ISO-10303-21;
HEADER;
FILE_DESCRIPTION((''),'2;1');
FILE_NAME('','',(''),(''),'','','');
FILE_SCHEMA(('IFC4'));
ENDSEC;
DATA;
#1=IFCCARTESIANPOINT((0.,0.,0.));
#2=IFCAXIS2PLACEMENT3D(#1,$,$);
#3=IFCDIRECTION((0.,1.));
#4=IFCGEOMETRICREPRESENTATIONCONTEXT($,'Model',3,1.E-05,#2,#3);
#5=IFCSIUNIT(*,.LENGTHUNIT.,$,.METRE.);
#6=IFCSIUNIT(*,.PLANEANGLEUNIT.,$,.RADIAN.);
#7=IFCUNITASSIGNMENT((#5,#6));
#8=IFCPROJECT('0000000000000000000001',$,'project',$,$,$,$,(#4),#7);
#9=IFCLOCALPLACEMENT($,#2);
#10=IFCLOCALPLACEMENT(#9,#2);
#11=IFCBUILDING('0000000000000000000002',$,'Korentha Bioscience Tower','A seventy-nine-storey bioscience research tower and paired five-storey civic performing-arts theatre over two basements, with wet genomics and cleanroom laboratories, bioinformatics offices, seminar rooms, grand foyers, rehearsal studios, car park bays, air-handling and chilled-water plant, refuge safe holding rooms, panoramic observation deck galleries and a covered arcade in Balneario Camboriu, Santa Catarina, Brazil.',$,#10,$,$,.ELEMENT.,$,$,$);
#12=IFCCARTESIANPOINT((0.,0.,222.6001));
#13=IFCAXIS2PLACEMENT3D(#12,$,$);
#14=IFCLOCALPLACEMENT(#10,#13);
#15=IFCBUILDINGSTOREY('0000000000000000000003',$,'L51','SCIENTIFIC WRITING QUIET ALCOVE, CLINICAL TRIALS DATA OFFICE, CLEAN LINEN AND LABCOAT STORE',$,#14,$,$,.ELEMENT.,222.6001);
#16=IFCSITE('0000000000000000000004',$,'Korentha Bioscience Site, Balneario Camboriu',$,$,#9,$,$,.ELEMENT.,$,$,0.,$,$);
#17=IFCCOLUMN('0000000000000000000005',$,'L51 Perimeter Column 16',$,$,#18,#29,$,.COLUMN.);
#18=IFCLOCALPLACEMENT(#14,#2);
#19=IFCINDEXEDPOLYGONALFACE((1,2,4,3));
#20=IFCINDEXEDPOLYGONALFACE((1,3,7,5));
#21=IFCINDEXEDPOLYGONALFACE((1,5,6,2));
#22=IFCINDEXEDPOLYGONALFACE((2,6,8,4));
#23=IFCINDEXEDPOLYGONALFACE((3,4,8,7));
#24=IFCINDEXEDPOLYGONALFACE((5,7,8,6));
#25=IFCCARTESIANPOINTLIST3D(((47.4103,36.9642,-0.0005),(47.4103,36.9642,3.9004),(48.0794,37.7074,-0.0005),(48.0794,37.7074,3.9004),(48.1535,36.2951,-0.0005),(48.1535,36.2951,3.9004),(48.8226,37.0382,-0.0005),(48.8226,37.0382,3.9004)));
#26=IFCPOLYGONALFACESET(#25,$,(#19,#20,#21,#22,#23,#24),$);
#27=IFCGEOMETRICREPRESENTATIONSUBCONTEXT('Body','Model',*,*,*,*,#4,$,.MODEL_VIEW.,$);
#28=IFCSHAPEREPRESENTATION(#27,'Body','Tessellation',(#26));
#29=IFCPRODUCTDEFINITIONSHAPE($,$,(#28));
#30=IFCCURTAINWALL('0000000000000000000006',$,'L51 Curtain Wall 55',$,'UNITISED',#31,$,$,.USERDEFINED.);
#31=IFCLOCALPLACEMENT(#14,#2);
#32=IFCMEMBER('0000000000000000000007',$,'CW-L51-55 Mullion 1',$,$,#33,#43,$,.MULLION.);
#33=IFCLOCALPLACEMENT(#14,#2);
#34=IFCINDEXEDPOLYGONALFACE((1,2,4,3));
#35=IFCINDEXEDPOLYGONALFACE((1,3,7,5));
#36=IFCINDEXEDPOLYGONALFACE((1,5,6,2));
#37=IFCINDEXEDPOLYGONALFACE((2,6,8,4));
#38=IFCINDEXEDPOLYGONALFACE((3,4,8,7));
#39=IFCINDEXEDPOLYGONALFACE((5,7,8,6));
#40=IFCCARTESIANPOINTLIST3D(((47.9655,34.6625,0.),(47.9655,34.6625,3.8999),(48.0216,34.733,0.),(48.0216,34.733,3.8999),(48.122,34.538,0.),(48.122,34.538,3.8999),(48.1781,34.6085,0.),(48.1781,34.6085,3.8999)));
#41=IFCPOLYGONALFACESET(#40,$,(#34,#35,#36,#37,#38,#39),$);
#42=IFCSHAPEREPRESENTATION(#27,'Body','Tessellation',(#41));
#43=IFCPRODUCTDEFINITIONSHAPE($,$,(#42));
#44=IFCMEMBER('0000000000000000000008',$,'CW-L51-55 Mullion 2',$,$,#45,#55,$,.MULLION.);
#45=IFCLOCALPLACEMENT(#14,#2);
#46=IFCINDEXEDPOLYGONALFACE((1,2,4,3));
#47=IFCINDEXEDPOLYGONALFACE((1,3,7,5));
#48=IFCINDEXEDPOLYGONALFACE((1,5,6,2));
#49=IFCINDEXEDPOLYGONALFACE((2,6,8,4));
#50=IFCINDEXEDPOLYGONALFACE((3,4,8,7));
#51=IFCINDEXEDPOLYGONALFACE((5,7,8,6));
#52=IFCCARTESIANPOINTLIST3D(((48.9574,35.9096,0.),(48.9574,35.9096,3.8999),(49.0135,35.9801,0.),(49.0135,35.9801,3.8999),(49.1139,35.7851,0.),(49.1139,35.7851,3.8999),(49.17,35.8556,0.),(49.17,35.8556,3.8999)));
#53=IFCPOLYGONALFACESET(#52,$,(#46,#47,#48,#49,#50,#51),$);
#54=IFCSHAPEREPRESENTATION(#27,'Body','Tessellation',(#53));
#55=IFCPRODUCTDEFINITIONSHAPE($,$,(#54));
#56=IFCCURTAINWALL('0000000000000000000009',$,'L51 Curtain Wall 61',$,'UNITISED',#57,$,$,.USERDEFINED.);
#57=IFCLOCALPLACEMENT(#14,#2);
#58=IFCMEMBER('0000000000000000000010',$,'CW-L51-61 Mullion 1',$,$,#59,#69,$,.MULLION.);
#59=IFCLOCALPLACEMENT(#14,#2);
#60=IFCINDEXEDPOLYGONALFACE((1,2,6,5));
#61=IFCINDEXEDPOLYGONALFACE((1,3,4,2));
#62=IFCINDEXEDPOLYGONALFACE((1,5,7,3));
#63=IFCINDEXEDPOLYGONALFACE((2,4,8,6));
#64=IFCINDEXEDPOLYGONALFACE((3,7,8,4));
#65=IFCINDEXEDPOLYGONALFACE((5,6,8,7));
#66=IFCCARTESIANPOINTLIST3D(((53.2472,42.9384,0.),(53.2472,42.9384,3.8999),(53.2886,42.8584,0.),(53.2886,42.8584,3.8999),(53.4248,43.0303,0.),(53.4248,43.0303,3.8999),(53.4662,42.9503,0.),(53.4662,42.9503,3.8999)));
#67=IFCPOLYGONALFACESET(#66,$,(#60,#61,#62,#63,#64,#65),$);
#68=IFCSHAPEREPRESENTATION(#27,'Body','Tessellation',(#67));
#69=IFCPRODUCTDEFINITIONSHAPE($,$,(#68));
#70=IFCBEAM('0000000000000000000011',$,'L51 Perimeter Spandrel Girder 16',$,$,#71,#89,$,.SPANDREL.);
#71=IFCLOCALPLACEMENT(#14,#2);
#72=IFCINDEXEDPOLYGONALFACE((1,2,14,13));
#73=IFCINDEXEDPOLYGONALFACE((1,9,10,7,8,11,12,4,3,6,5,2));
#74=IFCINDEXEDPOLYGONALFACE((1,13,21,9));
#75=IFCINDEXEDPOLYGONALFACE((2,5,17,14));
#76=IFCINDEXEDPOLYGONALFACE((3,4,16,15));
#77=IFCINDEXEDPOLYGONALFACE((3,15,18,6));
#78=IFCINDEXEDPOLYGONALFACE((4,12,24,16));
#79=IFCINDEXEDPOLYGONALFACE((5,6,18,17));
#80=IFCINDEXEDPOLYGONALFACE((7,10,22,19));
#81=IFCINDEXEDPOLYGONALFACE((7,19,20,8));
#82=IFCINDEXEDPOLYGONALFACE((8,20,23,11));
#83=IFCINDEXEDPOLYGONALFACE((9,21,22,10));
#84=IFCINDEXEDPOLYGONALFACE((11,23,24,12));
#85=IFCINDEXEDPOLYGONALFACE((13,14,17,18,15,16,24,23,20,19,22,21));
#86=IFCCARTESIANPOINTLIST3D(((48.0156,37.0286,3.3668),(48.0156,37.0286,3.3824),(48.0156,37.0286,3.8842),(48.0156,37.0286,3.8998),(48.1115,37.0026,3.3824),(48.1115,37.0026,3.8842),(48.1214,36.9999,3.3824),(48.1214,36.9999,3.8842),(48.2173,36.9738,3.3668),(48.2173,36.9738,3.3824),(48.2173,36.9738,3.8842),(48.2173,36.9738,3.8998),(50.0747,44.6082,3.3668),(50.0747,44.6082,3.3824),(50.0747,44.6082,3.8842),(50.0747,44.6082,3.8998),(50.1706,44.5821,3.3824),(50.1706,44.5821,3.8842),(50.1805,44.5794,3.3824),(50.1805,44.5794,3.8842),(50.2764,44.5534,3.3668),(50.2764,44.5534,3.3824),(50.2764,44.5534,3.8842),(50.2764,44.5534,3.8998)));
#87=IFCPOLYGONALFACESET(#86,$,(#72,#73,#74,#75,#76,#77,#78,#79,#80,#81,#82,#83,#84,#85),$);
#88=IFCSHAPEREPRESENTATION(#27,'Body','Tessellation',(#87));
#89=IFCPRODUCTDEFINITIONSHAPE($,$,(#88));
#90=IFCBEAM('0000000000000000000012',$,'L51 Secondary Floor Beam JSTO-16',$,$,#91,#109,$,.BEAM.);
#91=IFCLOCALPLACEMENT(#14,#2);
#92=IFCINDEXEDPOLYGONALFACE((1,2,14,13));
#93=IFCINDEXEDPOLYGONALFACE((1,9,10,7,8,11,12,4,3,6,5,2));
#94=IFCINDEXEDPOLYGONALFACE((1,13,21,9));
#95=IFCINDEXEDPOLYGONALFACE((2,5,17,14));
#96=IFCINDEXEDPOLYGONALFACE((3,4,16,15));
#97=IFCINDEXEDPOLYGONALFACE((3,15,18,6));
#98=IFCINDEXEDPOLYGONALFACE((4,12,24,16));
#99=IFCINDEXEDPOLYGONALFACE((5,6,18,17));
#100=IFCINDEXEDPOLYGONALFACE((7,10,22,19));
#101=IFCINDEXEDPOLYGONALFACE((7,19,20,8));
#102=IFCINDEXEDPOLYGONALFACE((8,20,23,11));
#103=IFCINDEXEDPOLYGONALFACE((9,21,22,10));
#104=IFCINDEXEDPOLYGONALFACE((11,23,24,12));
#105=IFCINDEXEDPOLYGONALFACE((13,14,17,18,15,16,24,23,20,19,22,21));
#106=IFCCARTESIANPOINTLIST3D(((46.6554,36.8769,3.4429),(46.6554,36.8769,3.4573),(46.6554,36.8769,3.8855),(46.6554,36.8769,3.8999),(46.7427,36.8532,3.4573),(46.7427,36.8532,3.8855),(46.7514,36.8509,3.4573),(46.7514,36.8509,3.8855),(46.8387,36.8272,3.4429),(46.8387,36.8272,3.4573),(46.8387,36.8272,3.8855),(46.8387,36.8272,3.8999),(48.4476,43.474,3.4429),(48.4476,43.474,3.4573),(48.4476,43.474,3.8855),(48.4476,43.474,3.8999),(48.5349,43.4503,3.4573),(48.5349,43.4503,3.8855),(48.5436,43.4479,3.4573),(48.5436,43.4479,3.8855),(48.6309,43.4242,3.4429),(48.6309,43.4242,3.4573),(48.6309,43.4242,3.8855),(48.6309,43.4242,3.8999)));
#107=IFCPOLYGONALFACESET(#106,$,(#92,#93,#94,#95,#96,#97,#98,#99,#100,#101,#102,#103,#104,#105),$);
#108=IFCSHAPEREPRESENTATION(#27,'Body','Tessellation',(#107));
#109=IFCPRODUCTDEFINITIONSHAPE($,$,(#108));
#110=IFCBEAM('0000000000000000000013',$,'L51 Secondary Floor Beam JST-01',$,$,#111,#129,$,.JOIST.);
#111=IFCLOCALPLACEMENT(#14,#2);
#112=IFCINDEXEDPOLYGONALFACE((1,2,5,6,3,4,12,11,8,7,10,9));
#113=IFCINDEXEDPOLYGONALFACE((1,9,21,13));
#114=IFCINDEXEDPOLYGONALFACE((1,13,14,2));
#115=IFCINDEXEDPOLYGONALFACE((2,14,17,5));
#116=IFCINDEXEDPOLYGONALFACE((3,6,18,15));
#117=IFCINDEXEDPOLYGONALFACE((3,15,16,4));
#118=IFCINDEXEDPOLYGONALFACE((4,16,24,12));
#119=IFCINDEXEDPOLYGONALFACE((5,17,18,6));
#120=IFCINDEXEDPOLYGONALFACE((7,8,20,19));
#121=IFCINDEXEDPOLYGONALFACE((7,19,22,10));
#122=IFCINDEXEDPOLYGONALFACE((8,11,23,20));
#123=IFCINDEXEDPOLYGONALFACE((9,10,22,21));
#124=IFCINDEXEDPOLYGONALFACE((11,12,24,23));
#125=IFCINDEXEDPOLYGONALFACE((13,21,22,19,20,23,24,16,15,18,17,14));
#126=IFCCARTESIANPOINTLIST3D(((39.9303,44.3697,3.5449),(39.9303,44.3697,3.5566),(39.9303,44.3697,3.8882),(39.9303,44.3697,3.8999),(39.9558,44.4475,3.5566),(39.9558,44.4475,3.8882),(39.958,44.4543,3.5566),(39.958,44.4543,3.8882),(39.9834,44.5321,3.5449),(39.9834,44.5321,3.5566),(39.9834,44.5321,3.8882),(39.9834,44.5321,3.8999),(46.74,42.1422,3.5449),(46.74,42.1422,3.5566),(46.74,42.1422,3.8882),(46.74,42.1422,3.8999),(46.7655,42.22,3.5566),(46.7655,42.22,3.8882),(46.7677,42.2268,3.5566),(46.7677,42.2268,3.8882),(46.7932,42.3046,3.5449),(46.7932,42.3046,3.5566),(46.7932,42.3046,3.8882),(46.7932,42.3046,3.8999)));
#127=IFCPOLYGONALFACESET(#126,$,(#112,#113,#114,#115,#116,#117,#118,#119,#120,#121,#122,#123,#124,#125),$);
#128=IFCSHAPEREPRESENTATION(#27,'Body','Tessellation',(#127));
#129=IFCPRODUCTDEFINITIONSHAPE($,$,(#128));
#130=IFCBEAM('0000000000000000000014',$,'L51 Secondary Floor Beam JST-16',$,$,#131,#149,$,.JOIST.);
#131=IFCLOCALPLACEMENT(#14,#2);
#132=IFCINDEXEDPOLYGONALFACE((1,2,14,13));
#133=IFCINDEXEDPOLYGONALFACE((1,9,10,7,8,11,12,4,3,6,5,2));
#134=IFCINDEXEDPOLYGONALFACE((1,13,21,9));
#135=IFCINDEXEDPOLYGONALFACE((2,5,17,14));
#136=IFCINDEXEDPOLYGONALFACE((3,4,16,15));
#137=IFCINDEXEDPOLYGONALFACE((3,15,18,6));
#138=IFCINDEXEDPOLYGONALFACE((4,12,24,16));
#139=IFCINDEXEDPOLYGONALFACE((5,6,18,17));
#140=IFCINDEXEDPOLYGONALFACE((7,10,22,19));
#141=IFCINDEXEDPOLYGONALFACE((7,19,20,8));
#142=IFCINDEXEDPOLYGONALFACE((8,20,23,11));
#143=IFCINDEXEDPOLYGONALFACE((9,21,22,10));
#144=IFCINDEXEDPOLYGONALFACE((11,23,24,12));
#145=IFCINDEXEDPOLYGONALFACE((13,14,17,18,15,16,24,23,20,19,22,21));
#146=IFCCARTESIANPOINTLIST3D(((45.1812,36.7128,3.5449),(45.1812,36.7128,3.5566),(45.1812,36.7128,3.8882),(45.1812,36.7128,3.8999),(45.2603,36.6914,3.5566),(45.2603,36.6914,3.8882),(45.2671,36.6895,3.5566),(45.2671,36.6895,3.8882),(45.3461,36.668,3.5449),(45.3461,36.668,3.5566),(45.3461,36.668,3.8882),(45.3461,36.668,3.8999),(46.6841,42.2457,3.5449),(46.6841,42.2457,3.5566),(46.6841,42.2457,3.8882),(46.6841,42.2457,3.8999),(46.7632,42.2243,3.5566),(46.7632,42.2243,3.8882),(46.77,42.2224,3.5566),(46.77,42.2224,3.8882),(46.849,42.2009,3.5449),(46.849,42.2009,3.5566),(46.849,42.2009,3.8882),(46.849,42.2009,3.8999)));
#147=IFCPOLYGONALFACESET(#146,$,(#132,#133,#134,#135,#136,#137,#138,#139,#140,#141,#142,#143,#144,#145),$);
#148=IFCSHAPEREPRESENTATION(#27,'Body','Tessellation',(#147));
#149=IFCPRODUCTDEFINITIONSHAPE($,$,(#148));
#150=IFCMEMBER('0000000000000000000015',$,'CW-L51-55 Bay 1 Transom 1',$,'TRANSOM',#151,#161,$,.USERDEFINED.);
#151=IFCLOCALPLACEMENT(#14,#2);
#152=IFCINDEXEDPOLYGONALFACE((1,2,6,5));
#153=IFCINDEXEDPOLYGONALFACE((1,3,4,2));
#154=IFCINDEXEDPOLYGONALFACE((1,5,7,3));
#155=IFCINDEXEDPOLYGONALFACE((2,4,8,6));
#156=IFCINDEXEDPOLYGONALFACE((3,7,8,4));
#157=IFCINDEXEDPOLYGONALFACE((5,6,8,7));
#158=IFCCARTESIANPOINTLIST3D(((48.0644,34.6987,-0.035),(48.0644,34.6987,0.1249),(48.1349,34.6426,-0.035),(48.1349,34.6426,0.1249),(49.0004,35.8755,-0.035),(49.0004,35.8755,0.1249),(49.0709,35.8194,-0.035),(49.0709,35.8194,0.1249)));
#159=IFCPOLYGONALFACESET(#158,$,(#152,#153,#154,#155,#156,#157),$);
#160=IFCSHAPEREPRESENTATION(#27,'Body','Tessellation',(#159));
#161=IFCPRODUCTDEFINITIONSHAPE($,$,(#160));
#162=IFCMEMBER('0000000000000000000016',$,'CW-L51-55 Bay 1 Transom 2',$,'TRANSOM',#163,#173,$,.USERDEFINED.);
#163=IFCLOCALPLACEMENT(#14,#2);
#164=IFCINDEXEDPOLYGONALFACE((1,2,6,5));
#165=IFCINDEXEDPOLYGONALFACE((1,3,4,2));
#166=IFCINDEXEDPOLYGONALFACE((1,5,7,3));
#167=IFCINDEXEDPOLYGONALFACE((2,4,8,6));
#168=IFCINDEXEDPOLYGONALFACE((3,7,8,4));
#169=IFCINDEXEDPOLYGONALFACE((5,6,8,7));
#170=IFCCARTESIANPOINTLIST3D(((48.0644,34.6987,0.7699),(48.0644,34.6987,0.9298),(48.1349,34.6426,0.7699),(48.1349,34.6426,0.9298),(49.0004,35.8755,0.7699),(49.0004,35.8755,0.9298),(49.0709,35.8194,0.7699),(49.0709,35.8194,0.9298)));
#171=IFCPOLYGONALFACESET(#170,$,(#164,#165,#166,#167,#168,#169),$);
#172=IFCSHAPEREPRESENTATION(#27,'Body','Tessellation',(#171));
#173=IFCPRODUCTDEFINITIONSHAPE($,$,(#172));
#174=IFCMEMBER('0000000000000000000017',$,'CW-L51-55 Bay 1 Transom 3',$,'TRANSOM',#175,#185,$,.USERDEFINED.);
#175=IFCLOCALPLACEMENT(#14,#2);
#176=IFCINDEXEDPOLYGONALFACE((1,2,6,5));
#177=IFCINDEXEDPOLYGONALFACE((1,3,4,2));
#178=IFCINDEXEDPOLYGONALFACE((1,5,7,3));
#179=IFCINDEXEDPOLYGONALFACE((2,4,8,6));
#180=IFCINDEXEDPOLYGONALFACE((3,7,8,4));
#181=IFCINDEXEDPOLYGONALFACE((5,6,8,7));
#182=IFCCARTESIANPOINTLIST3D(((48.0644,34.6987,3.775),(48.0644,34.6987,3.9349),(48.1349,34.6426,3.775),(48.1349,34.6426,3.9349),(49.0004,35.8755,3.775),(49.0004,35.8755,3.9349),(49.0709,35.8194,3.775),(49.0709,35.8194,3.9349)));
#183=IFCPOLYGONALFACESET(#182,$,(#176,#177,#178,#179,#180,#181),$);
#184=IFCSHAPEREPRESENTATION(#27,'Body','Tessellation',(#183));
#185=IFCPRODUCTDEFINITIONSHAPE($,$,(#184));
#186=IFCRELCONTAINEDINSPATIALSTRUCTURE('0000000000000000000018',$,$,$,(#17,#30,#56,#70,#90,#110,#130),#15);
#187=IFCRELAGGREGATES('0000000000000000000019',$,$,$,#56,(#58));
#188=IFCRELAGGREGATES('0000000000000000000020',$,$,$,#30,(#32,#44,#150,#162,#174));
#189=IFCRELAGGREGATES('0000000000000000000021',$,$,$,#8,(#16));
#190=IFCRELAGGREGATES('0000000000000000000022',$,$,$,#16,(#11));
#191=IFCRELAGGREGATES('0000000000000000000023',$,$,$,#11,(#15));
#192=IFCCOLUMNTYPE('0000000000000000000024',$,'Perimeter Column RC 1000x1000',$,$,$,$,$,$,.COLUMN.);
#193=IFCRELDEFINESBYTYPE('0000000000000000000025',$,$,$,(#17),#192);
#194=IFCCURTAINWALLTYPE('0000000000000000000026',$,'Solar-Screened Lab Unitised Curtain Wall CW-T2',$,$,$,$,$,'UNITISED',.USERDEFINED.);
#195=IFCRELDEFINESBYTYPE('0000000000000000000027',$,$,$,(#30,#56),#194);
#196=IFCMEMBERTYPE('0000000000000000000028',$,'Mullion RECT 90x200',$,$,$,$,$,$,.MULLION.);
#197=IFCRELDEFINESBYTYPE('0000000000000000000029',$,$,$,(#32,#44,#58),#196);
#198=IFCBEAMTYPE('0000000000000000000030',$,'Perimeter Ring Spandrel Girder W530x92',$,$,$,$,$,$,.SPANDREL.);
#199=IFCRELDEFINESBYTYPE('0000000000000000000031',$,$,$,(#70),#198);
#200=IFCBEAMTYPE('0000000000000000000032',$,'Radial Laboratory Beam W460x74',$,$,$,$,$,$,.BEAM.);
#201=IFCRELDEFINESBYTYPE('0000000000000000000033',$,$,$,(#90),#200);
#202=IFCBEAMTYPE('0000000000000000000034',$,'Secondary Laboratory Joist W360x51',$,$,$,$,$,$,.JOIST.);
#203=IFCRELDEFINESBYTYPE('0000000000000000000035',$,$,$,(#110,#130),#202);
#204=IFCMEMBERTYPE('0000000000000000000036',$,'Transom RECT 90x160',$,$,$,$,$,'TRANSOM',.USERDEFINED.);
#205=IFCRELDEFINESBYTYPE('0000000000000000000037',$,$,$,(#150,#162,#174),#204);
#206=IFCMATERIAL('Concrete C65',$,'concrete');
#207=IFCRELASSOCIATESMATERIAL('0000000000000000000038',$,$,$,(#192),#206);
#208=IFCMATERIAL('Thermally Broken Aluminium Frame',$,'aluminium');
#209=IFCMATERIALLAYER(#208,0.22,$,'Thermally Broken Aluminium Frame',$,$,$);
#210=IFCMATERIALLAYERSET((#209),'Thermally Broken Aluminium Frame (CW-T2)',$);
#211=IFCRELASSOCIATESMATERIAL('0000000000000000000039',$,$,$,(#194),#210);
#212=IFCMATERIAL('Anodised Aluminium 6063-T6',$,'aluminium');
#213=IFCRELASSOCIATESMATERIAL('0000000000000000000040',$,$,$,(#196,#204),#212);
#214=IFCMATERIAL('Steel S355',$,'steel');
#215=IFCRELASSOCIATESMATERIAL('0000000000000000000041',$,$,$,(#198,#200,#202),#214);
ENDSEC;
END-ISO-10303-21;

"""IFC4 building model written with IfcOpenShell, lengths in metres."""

from ifc_helpers import new_model, si_unit, direction, frame, origin, origin_2d, place, context, subcontext, project, spatial, rectangle, i_section, extrude, material, layer, layer_set, material_profile, profile_set, type_object, element, aggregate, save


model = new_model("IFC4")

# Units and contexts
model_context = context("Model", 3, precision=1e-05, world=origin(), true_north=direction((0.0, 1.0)))
body_context = subcontext(model_context, "Body", "Model", "MODEL_VIEW")
ifc_project = project(units=[si_unit("LENGTHUNIT", "METRE"), si_unit("PLANEANGLEUNIT", "RADIAN")], contexts=[model_context])

# Site, building, storey
site_placement = place(None, origin())
site = spatial("IfcSite", under=ifc_project, at=site_placement, Name="Korentha Bioscience Site, Balneario Camboriu", CompositionType="ELEMENT", RefElevation=0.0)
building_placement = place(site_placement, origin())
building = spatial("IfcBuilding", under=site, at=building_placement, Name="Korentha Bioscience Tower", Description="A seventy-nine-storey bioscience research tower and paired five-storey civic performing-arts theatre over two basements, with wet genomics and cleanroom laboratories, bioinformatics offices, seminar rooms, grand foyers, rehearsal studios, car park bays, air-handling and chilled-water plant, refuge safe holding rooms, panoramic observation deck galleries and a covered arcade in Balneario Camboriu, Santa Catarina, Brazil.", CompositionType="ELEMENT")
storey_placement = place(building_placement, frame((0.0, 0.0, 222.6001)))
storey = spatial("IfcBuildingStorey", under=building, at=storey_placement, Name="L51", Description="SCIENTIFIC WRITING QUIET ALCOVE, CLINICAL TRIALS DATA OFFICE, CLEAN LINEN AND LABCOAT STORE", CompositionType="ELEMENT", Elevation=222.6001)

# Column
ifc_material_1 = material(Name="Concrete C65", Category="concrete")
ifc_material_profile_1 = material_profile(ifc_material_1, rectangle(XDim=1.0, YDim=1.0, at=origin_2d()), Name="Concrete C65")
ifc_profile_set_1 = profile_set([ifc_material_profile_1], Name="Concrete C65 (COL-P10)")
column_type = type_object("IfcColumnType", Name="Perimeter Column RC 1000x1000", PredefinedType="COLUMN", material=ifc_profile_set_1)
column_placement = place(storey_placement, frame((48.1165, 37.0012, -0.0005), z_axis=(0.0, 0.0, 1.0), x_axis=(0.669131, 0.743145, 0.0)))
element("IfcColumn", 1, at=column_placement, inside=storey, type_object=column_type, Name="L51 Perimeter Column 16", PredefinedType="COLUMN", context=body_context, shape_type="SweptSolid", body=[
    extrude(rectangle(XDim=1.0, YDim=1.0, at=origin_2d()), origin(), (0.0, 0.0, 1.0), 3.9009),
])

# Curtain wall, members
ifc_material_2 = material(Name="Thermally Broken Aluminium Frame", Category="aluminium")
ifc_layer_1 = layer(ifc_material_2, 0.22, Name="Thermally Broken Aluminium Frame")
ifc_layer_set_1 = layer_set([ifc_layer_1], Name="Thermally Broken Aluminium Frame (CW-T2)")
curtain_wall_type = type_object("IfcCurtainWallType", Name="Solar-Screened Lab Unitised Curtain Wall CW-T2", ElementType="UNITISED", PredefinedType="USERDEFINED", material=ifc_layer_set_1)
curtain_wall_1_placement = place(storey_placement, origin())
curtain_wall_1 = element("IfcCurtainWall", 2, at=curtain_wall_1_placement, inside=storey, type_object=curtain_wall_type, Name="L51 Curtain Wall 55", ObjectType="UNITISED", PredefinedType="USERDEFINED")
ifc_material_3 = material(Name="Anodised Aluminium 6063-T6", Category="aluminium")
ifc_material_profile_2 = material_profile(ifc_material_3, rectangle(XDim=0.0901, YDim=0.2, at=origin_2d()), Name="Anodised Aluminium 6063-T6")
ifc_profile_set_2 = profile_set([ifc_material_profile_2], Name="Anodised Aluminium 6063-T6 (CW-MUL)")
member_type_1 = type_object("IfcMemberType", Name="Mullion RECT 90x200", PredefinedType="MULLION", material=ifc_profile_set_2)
member_1_placement = place(storey_placement, frame((48.0718, 34.6355, 0.0), z_axis=(0.0, 0.0, 1.0), x_axis=(0.622512, 0.78261, 0.0)))
member_1 = element("IfcMember", 3, at=member_1_placement, type_object=member_type_1, Name="CW-L51-55 Mullion 1", PredefinedType="MULLION", context=body_context, shape_type="SweptSolid", body=[
    extrude(rectangle(XDim=0.0901, YDim=0.2, at=origin_2d()), origin(), (0.0, 0.0, 1.0), 3.8999),
])
member_2_placement = place(storey_placement, frame((49.0637, 35.8826, 0.0), z_axis=(0.0, 0.0, 1.0), x_axis=(0.622512, 0.78261, 0.0)))
member_2 = element("IfcMember", 4, at=member_2_placement, type_object=member_type_1, Name="CW-L51-55 Mullion 2", PredefinedType="MULLION", context=body_context, shape_type="SweptSolid", body=[
    extrude(rectangle(XDim=0.0901, YDim=0.2, at=origin_2d()), origin(), (0.0, 0.0, 1.0), 3.8999),
])

# Curtain wall, member
curtain_wall_2_placement = place(storey_placement, origin())
curtain_wall_2 = element("IfcCurtainWall", 5, at=curtain_wall_2_placement, inside=storey, type_object=curtain_wall_type, Name="L51 Curtain Wall 61", ObjectType="UNITISED", PredefinedType="USERDEFINED")
member_3_placement = place(storey_placement, frame((53.3567, 42.9443, 0.0), z_axis=(0.0, 0.0, 1.0), x_axis=(-0.459738, 0.888055, 0.0)))
member_3 = element("IfcMember", 6, at=member_3_placement, type_object=member_type_1, Name="CW-L51-61 Mullion 1", PredefinedType="MULLION", context=body_context, shape_type="SweptSolid", body=[
    extrude(rectangle(XDim=0.0901, YDim=0.2, at=origin_2d()), origin(), (0.0, 0.0, 1.0), 3.8999),
])

# Beams
ifc_material_4 = material(Name="Steel S355", Category="steel")
ifc_material_profile_3 = material_profile(ifc_material_4, i_section(OverallWidth=0.209, OverallDepth=0.533, WebThickness=0.0103, FlangeThickness=0.0156, at=origin_2d()), Name="Steel S355")
ifc_profile_set_3 = profile_set([ifc_material_profile_3], Name="Steel S355 (SB-530)")
beam_type_1 = type_object("IfcBeamType", Name="Perimeter Ring Spandrel Girder W530x92", PredefinedType="SPANDREL", material=ifc_profile_set_3)
beam_1_placement = place(storey_placement, frame((48.1165, 37.0012, 3.6333), z_axis=(0.26216, 0.965024, 0.0), x_axis=(-0.965024, 0.26216, 0.0)))
element("IfcBeam", 7, at=beam_1_placement, inside=storey, type_object=beam_type_1, Name="L51 Perimeter Spandrel Girder 16", PredefinedType="SPANDREL", context=body_context, shape_type="SweptSolid", body=[
    extrude(i_section(OverallWidth=0.209, OverallDepth=0.533, WebThickness=0.0103, FlangeThickness=0.0156, at=origin_2d()), origin(), (0.0, 0.0, 1.0), 7.8542),
])
ifc_material_profile_4 = material_profile(ifc_material_4, i_section(OverallWidth=0.1899, OverallDepth=0.457, WebThickness=0.009, FlangeThickness=0.0144, at=origin_2d()), Name="Steel S355")
ifc_profile_set_4 = profile_set([ifc_material_profile_4], Name="Steel S355 (RB-460)")
beam_type_2 = type_object("IfcBeamType", Name="Radial Laboratory Beam W460x74", PredefinedType="BEAM", material=ifc_profile_set_4)
beam_2_placement = place(storey_placement, frame((46.7471, 36.8521, 3.6714), z_axis=(0.262165, 0.965023, 0.0), x_axis=(-0.965023, 0.262165, 0.0)))
element("IfcBeam", 8, at=beam_2_placement, inside=storey, type_object=beam_type_2, Name="L51 Secondary Floor Beam JSTO-16", PredefinedType="BEAM", context=body_context, shape_type="SweptSolid", body=[
    extrude(i_section(OverallWidth=0.1899, OverallDepth=0.457, WebThickness=0.009, FlangeThickness=0.0144, at=origin_2d()), origin(), (0.0, 0.0, 1.0), 6.8362),
])
ifc_material_profile_5 = material_profile(ifc_material_4, i_section(OverallWidth=0.1709, OverallDepth=0.355, WebThickness=0.0071, FlangeThickness=0.0117, at=origin_2d()), Name="Steel S355")
ifc_profile_set_5 = profile_set([ifc_material_profile_5], Name="Steel S355 (JB-360)")
beam_type_3 = type_object("IfcBeamType", Name="Secondary Laboratory Joist W360x51", PredefinedType="JOIST", material=ifc_profile_set_5)
beam_3_placement = place(storey_placement, frame((46.7666, 42.2234, 3.7224), z_axis=(-0.950444, 0.310897, 0.0), x_axis=(-0.310897, -0.950444, 0.0)))
element("IfcBeam", 9, at=beam_3_placement, inside=storey, type_object=beam_type_3, Name="L51 Secondary Floor Beam JST-01", PredefinedType="JOIST", context=body_context, shape_type="SweptSolid", body=[
    extrude(i_section(OverallWidth=0.1709, OverallDepth=0.355, WebThickness=0.0071, FlangeThickness=0.0117, at=origin_2d()), origin(), (0.0, 0.0, 1.0), 7.1648),
])
beam_4_placement = place(storey_placement, frame((45.2637, 36.6904, 3.7224), z_axis=(0.262134, 0.965032, 0.0), x_axis=(-0.965032, 0.262134, 0.0)))
element("IfcBeam", 10, at=beam_4_placement, inside=storey, type_object=beam_type_3, Name="L51 Secondary Floor Beam JST-16", PredefinedType="JOIST", context=body_context, shape_type="SweptSolid", body=[
    extrude(i_section(OverallWidth=0.1709, OverallDepth=0.355, WebThickness=0.0071, FlangeThickness=0.0117, at=origin_2d()), origin(), (0.0, 0.0, 1.0), 5.7334),
])

# Members
ifc_material_profile_6 = material_profile(ifc_material_3, rectangle(XDim=0.0901, YDim=0.1599, at=origin_2d()), Name="Anodised Aluminium 6063-T6")
ifc_profile_set_6 = profile_set([ifc_material_profile_6], Name="Anodised Aluminium 6063-T6 (CW-TRN)")
member_type_2 = type_object("IfcMemberType", Name="Transom RECT 90x160", ElementType="TRANSOM", PredefinedType="USERDEFINED", material=ifc_profile_set_6)
member_4_placement = place(storey_placement, frame((48.0996, 34.6707, 0.0449), z_axis=(0.622515, 0.782608, 0.0), x_axis=(-0.782608, 0.622515, 0.0)))
member_4 = element("IfcMember", 11, at=member_4_placement, type_object=member_type_2, Name="CW-L51-55 Bay 1 Transom 1", ObjectType="TRANSOM", PredefinedType="USERDEFINED", context=body_context, shape_type="SweptSolid", body=[
    extrude(rectangle(XDim=0.0901, YDim=0.1599, at=origin_2d()), origin(), (0.0, 0.0, 1.0), 1.5037),
])
member_5_placement = place(storey_placement, frame((48.0996, 34.6707, 0.8499), z_axis=(0.622515, 0.782608, 0.0), x_axis=(-0.782608, 0.622515, 0.0)))
member_5 = element("IfcMember", 12, at=member_5_placement, type_object=member_type_2, Name="CW-L51-55 Bay 1 Transom 2", ObjectType="TRANSOM", PredefinedType="USERDEFINED", context=body_context, shape_type="SweptSolid", body=[
    extrude(rectangle(XDim=0.0901, YDim=0.1599, at=origin_2d()), origin(), (0.0, 0.0, 1.0), 1.5037),
])
member_6_placement = place(storey_placement, frame((48.0996, 34.6707, 3.855), z_axis=(0.622515, 0.782608, 0.0), x_axis=(-0.782608, 0.622515, 0.0)))
member_6 = element("IfcMember", 13, at=member_6_placement, type_object=member_type_2, Name="CW-L51-55 Bay 1 Transom 3", ObjectType="TRANSOM", PredefinedType="USERDEFINED", context=body_context, shape_type="SweptSolid", body=[
    extrude(rectangle(XDim=0.0901, YDim=0.1599, at=origin_2d()), origin(), (0.0, 0.0, 1.0), 1.5037),
])
aggregate(curtain_wall_2, [member_3])

aggregate(curtain_wall_1, [member_1, member_2, member_4, member_5, member_6])

save(model, "model.ifc")
